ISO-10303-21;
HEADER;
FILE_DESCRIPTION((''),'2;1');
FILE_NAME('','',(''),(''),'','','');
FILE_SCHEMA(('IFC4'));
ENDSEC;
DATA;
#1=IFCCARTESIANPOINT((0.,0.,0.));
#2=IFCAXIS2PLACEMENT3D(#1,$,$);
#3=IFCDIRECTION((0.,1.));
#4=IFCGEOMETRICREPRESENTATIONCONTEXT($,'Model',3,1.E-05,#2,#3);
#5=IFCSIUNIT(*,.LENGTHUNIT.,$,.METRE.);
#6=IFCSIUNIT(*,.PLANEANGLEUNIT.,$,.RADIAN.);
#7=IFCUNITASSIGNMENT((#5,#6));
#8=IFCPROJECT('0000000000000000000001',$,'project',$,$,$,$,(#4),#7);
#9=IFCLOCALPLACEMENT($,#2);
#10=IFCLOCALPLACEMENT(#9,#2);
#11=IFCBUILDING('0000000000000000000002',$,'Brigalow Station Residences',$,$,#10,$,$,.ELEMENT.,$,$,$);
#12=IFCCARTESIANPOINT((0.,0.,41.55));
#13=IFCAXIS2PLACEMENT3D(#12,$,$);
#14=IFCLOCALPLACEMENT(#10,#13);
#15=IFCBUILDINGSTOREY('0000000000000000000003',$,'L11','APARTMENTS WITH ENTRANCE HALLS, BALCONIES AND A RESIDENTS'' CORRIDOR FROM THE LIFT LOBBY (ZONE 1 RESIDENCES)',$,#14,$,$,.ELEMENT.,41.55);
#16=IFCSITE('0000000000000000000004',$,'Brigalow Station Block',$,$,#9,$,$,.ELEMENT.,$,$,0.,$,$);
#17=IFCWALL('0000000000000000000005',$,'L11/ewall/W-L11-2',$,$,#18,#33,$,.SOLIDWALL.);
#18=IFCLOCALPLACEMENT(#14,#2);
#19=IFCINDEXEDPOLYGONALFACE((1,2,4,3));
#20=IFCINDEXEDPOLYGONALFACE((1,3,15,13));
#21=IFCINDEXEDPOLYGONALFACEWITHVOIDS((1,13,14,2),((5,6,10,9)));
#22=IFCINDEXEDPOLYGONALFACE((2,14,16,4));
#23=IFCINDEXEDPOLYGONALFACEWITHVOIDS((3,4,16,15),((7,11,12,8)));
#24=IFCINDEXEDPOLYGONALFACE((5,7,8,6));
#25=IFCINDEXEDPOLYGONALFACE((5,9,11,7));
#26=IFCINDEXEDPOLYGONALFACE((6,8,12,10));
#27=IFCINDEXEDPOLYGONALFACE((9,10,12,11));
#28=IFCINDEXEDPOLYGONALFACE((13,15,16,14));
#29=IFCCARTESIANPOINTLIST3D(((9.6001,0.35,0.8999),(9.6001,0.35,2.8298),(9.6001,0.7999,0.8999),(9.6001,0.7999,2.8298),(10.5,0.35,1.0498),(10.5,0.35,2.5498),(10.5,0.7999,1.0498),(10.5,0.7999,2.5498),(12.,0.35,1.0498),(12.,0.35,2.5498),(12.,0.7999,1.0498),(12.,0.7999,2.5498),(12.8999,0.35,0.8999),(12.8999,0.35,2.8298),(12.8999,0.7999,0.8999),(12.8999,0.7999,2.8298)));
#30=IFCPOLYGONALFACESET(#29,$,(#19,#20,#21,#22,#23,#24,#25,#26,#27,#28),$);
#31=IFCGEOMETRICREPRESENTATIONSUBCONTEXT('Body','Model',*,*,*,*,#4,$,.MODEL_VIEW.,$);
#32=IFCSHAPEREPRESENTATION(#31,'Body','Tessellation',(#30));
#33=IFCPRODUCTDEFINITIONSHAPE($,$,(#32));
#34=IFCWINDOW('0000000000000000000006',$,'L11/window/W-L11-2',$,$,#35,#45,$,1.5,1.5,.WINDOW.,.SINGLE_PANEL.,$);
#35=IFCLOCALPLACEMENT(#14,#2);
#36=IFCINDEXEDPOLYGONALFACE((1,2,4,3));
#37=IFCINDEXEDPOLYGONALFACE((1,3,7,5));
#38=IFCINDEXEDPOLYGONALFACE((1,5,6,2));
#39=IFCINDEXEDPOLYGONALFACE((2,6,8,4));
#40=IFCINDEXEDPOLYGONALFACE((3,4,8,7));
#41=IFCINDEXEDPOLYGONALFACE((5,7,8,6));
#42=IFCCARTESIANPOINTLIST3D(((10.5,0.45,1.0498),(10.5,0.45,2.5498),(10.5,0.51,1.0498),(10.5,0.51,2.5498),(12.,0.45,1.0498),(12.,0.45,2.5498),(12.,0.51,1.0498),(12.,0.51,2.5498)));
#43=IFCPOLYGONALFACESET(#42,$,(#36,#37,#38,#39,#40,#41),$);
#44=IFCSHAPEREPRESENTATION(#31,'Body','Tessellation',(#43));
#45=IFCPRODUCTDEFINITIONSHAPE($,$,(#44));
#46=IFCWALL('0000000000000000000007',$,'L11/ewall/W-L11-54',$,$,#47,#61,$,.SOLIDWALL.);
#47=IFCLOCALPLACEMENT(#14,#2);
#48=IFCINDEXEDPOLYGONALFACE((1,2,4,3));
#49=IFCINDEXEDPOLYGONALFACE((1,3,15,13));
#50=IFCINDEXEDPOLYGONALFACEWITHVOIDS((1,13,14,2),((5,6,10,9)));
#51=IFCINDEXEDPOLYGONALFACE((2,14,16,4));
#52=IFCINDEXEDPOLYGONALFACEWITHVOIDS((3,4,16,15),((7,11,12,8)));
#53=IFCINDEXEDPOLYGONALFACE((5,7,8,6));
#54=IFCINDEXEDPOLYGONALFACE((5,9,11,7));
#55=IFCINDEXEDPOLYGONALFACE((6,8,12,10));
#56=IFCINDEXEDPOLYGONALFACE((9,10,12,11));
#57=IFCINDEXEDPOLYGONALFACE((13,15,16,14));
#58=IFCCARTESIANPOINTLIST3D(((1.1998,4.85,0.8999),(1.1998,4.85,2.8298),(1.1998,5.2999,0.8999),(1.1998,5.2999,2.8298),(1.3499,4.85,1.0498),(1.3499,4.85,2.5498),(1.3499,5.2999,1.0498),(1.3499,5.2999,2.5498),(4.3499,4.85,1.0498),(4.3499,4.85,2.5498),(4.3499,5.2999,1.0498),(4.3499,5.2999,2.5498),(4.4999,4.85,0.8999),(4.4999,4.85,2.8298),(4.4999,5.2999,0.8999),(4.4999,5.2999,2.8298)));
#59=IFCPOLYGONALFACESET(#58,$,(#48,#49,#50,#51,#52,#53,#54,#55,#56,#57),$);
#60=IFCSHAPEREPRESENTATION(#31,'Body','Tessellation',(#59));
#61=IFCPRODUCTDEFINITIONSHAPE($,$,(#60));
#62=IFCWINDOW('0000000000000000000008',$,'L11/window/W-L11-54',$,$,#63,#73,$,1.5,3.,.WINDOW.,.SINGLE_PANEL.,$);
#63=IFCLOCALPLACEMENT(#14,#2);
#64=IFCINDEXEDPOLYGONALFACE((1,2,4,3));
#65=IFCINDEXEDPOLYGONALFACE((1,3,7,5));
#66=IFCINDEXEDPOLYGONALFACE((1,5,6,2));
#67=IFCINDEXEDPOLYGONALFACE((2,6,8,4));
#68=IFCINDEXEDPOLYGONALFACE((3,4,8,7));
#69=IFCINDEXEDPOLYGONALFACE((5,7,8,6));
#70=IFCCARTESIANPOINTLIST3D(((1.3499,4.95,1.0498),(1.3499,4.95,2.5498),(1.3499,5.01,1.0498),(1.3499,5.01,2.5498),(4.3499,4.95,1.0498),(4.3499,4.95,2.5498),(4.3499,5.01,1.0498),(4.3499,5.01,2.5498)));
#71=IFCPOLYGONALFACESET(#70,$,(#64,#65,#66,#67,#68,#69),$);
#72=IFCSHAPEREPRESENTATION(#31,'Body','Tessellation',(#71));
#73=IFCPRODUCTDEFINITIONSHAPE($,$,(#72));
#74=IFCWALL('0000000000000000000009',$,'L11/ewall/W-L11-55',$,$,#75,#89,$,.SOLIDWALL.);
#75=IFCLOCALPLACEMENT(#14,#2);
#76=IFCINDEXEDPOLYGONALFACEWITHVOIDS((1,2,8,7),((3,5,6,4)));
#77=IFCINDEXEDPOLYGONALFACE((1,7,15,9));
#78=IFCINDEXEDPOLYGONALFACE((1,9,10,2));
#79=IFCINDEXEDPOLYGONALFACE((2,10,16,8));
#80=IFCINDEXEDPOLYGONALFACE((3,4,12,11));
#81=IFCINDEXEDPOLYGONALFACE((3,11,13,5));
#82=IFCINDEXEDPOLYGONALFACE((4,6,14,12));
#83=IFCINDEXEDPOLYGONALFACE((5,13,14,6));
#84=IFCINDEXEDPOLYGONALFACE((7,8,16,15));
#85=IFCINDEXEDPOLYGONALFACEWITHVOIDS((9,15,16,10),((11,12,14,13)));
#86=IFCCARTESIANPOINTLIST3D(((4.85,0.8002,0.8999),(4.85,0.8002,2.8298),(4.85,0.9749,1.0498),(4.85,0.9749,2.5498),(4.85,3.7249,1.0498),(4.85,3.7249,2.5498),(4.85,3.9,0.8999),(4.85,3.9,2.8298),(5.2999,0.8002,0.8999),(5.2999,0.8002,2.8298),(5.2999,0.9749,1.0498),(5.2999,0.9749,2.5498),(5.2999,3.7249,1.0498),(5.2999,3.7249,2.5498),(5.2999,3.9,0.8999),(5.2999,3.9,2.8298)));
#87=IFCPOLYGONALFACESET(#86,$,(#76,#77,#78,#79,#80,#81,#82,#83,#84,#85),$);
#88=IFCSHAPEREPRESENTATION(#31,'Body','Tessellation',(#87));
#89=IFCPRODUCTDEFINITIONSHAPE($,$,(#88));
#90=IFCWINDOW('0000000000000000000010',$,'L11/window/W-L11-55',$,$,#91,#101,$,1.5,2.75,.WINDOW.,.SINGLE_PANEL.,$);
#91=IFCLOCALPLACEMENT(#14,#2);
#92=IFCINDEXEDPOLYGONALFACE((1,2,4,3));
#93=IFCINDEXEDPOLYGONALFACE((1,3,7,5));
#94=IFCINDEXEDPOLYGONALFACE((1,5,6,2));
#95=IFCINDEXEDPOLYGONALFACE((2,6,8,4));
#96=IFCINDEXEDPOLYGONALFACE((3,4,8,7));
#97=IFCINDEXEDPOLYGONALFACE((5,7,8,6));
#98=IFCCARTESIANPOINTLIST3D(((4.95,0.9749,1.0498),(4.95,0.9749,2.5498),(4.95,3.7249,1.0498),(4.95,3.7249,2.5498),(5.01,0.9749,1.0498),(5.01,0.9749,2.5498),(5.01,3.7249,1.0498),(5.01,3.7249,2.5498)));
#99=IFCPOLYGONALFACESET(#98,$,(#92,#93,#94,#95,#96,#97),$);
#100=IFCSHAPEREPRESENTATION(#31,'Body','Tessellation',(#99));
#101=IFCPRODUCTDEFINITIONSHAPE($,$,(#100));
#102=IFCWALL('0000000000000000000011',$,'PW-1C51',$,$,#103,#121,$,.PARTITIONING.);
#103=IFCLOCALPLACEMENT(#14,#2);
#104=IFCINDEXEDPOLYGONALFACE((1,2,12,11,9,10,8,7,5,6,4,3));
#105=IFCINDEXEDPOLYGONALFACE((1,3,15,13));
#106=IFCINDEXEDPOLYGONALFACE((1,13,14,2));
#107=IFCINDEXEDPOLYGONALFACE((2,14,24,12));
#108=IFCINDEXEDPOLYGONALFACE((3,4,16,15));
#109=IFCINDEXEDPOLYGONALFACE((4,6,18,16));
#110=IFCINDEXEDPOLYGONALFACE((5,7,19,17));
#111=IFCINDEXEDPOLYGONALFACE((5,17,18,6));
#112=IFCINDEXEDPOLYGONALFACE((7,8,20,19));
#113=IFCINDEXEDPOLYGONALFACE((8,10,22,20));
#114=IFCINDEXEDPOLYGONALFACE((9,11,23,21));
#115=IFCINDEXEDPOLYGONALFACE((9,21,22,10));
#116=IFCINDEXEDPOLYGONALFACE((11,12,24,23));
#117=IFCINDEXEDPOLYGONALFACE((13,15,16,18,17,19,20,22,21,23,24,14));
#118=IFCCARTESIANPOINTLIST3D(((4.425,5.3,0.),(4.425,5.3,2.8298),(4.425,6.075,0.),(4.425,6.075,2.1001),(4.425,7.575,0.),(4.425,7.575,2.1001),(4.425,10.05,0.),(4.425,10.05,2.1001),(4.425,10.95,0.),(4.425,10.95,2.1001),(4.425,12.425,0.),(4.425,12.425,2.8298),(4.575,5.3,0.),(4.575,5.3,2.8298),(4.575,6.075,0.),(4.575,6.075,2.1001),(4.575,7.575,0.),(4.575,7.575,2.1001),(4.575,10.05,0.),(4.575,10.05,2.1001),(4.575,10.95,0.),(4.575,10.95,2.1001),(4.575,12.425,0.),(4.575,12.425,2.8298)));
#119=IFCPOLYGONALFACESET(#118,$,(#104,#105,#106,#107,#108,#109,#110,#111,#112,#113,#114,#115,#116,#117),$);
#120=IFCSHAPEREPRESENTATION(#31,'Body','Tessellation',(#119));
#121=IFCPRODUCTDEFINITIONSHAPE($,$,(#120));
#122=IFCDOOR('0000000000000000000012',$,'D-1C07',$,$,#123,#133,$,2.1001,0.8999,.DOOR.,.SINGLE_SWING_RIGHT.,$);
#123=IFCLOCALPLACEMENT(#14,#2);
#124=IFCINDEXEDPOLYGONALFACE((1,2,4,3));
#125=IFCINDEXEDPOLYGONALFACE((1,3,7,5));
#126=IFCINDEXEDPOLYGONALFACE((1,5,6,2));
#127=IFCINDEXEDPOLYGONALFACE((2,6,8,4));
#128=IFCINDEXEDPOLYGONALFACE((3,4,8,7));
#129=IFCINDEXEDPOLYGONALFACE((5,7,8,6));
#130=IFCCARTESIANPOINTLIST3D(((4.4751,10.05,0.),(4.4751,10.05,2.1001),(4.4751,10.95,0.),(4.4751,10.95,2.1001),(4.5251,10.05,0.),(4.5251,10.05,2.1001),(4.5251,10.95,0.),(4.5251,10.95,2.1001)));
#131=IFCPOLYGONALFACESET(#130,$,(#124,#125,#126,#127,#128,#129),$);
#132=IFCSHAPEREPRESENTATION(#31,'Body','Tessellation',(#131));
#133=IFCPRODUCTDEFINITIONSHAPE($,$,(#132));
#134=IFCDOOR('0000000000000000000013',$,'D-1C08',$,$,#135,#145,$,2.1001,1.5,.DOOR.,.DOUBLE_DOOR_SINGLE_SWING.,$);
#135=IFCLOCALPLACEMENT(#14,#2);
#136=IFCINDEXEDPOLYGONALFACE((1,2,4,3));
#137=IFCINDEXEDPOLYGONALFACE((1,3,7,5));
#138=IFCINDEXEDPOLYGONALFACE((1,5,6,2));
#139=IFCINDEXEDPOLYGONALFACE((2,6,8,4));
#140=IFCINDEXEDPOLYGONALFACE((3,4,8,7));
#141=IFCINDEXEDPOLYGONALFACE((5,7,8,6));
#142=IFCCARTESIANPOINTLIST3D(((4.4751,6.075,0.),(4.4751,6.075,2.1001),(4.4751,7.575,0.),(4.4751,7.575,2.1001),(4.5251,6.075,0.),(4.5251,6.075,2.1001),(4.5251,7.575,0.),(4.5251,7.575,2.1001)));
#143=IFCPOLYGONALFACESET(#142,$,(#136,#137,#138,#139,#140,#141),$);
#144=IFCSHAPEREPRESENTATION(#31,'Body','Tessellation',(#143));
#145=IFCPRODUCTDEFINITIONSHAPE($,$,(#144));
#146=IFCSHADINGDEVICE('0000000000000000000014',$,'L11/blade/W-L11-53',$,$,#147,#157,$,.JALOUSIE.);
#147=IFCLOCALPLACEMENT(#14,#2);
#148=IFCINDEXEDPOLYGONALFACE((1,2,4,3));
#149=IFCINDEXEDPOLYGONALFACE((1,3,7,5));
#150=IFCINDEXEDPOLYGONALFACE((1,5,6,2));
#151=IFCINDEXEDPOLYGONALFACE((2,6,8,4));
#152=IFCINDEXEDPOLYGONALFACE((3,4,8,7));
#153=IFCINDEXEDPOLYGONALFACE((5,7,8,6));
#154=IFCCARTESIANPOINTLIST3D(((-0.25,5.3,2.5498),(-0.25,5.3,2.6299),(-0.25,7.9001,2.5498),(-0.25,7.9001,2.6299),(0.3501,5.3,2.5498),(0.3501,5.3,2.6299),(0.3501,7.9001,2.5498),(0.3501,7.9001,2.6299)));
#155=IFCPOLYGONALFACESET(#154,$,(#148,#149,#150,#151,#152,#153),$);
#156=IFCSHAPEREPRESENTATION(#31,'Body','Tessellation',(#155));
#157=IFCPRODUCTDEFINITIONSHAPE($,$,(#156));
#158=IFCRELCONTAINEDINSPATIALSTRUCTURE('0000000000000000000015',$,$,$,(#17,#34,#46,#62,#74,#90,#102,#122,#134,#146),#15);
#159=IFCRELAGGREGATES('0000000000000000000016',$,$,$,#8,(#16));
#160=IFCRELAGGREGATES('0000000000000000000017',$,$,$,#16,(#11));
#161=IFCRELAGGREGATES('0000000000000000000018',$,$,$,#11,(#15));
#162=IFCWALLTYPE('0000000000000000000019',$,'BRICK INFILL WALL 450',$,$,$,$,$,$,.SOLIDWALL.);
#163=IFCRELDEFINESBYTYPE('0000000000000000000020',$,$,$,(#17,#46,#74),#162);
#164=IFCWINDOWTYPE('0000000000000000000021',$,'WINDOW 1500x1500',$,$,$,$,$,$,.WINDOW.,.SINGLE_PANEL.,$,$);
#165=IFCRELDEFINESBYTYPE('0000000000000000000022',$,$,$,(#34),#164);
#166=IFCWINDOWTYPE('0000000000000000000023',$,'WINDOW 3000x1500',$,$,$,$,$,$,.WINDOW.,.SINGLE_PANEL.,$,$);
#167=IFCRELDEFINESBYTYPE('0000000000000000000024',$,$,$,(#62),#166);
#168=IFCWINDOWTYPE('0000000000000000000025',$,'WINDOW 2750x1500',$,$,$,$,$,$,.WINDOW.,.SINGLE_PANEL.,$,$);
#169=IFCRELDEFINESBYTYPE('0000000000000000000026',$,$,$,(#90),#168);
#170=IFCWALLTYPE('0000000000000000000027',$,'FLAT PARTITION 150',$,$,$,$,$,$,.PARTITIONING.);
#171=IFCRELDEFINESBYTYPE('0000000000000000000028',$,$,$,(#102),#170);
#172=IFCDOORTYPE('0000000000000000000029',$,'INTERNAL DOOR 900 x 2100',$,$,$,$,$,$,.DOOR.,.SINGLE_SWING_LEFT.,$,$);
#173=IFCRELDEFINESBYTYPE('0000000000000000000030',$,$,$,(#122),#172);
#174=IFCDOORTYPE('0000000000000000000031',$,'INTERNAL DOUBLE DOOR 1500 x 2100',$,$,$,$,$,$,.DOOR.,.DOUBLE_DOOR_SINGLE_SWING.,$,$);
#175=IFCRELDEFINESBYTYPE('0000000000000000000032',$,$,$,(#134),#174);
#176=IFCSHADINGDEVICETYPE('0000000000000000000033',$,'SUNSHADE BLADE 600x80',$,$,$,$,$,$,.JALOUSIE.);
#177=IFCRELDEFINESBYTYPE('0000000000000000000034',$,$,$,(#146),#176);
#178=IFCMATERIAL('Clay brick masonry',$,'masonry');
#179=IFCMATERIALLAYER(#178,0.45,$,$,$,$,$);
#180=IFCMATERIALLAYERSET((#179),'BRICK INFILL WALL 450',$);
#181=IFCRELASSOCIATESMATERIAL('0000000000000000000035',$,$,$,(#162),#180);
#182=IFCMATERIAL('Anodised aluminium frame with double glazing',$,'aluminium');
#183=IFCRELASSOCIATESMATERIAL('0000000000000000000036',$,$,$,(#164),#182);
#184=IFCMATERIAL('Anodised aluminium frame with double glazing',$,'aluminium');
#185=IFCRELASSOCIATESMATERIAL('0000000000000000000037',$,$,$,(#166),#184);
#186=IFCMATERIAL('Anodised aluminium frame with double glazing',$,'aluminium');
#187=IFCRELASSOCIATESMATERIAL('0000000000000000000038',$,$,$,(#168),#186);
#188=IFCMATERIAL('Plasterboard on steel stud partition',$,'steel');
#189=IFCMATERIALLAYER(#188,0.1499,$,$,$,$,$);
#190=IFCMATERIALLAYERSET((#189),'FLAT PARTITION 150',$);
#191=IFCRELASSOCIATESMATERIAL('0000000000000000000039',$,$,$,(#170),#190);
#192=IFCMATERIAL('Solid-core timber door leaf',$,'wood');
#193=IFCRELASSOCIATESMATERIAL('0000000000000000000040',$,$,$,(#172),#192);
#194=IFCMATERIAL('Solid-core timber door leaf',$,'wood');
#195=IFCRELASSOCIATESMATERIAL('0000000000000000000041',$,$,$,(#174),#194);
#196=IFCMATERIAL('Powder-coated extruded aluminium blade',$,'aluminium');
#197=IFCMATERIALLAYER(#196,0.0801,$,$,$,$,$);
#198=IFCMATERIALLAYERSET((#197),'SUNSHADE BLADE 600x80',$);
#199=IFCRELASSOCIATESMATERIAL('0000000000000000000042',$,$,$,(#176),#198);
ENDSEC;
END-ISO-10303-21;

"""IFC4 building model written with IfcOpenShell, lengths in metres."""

from ifc_helpers import new_model, si_unit, direction, frame, frame_2d, origin, origin_2d, place, context, subcontext, project, spatial, rectangle, extrude, material, layer, layer_set, type_object, element, fill, save


model = new_model("IFC4")

# Units and contexts
model_context = context("Model", 3, precision=1e-05, world=origin(), true_north=direction((0.0, 1.0)))
body_context = subcontext(model_context, "Body", "Model", "MODEL_VIEW")
ifc_project = project(units=[si_unit("LENGTHUNIT", "METRE"), si_unit("PLANEANGLEUNIT", "RADIAN")], contexts=[model_context])

# Site, building, storey
site_placement = place(None, origin())
site = spatial("IfcSite", under=ifc_project, at=site_placement, Name="Brigalow Station Block", CompositionType="ELEMENT", RefElevation=0.0)
building_placement = place(site_placement, origin())
building = spatial("IfcBuilding", under=site, at=building_placement, Name="Brigalow Station Residences", CompositionType="ELEMENT")
storey_placement = place(building_placement, frame((0.0, 0.0, 41.55)))
storey = spatial("IfcBuildingStorey", under=building, at=storey_placement, Name="L11", Description="APARTMENTS WITH ENTRANCE HALLS, BALCONIES AND A RESIDENTS' CORRIDOR FROM THE LIFT LOBBY (ZONE 1 RESIDENCES)", CompositionType="ELEMENT", Elevation=41.55)

# Walls, openings, windows
ifc_material_1 = material(Name="Clay brick masonry", Category="masonry")
ifc_layer_1 = layer(ifc_material_1, 0.45)
ifc_layer_set_1 = layer_set([ifc_layer_1], Name="BRICK INFILL WALL 450")
wall_type_1 = type_object("IfcWallType", Name="BRICK INFILL WALL 450", PredefinedType="SOLIDWALL", material=ifc_layer_set_1)
ifc_material_2 = material(Name="Anodised aluminium frame with double glazing", Category="aluminium")
window_type_1 = type_object("IfcWindowType", Name="WINDOW 1500x1500", PartitioningType="SINGLE_PANEL", PredefinedType="WINDOW", material=ifc_material_2)
wall_1_placement = place(storey_placement, frame((9.6001, 0.575, 0.8999), z_axis=(0.0, 0.0, 1.0), x_axis=(1.0, 0.0, 0.0)))
wall_1 = element("IfcWall", 1, at=wall_1_placement, inside=storey, type_object=wall_type_1, Name="L11/ewall/W-L11-2", PredefinedType="SOLIDWALL", context=body_context, shape_type="SweptSolid", body=[
    extrude(rectangle(XDim=3.2998, YDim=0.45, at=frame_2d((1.6499, 0.0))), origin(), (0.0, 0.0, 1.0), 1.9299),
])
opening_1_placement = place(wall_1_placement, frame((0.8999, 0.0, 0.1499)))
opening_1 = element("IfcOpeningElement", 2, at=opening_1_placement, cuts=wall_1, PredefinedType="OPENING", context=body_context, shape_type="SweptSolid", body=[
    extrude(rectangle(XDim=1.5, YDim=1.5, at=frame_2d((0.75, 0.75))), frame((0.0, 0.2349, 0.0), z_axis=(0.0, -1.0, 0.0), x_axis=(1.0, 0.0, 0.0)), (0.0, 0.0, 1.0), 0.47),
])
window_1_placement = place(opening_1_placement, origin())
window_1 = element("IfcWindow", 3, at=window_1_placement, inside=storey, type_object=window_type_1, Name="L11/window/W-L11-2", OverallHeight=1.5, OverallWidth=1.5, PartitioningType="SINGLE_PANEL", PredefinedType="WINDOW", context=body_context, shape_type="SweptSolid", body=[
    extrude(rectangle(XDim=1.5, YDim=1.5, at=frame_2d((0.75, 0.75))), frame((0.0, -0.0649, 0.0), z_axis=(0.0, -1.0, 0.0), x_axis=(1.0, 0.0, 0.0)), (0.0, 0.0, 1.0), 0.0601),
])
fill(opening_1, window_1)
wall_2_placement = place(storey_placement, frame((1.2, 5.075, 0.8999), z_axis=(0.0, 0.0, 1.0), x_axis=(1.0, 0.0, 0.0)))
wall_2 = element("IfcWall", 4, at=wall_2_placement, inside=storey, type_object=wall_type_1, Name="L11/ewall/W-L11-54", PredefinedType="SOLIDWALL", context=body_context, shape_type="SweptSolid", body=[
    extrude(rectangle(XDim=3.3, YDim=0.45, at=frame_2d((1.6499, 0.0))), origin(), (0.0, 0.0, 1.0), 1.9299),
])
opening_2_placement = place(wall_2_placement, frame((0.1499, 0.0, 0.1499)))
opening_2 = element("IfcOpeningElement", 5, at=opening_2_placement, cuts=wall_2, PredefinedType="OPENING", context=body_context, shape_type="SweptSolid", body=[
    extrude(rectangle(XDim=3.0, YDim=1.5, at=frame_2d((1.5, 0.75))), frame((0.0, 0.2349, 0.0), z_axis=(0.0, -1.0, 0.0), x_axis=(1.0, 0.0, 0.0)), (0.0, 0.0, 1.0), 0.47),
])
ifc_material_3 = material(Name="Anodised aluminium frame with double glazing", Category="aluminium")
window_type_2 = type_object("IfcWindowType", Name="WINDOW 3000x1500", PartitioningType="SINGLE_PANEL", PredefinedType="WINDOW", material=ifc_material_3)
window_2_placement = place(opening_2_placement, origin())
window_2 = element("IfcWindow", 6, at=window_2_placement, inside=storey, type_object=window_type_2, Name="L11/window/W-L11-54", OverallHeight=1.5, OverallWidth=3.0, PartitioningType="SINGLE_PANEL", PredefinedType="WINDOW", context=body_context, shape_type="SweptSolid", body=[
    extrude(rectangle(XDim=3.0, YDim=1.5, at=frame_2d((1.5, 0.75))), frame((0.0, -0.0649, 0.0), z_axis=(0.0, -1.0, 0.0), x_axis=(1.0, 0.0, 0.0)), (0.0, 0.0, 1.0), 0.0601),
])
fill(opening_2, window_2)
wall_3_placement = place(storey_placement, frame((5.075, 3.8999, 0.8999), z_axis=(0.0, 0.0, 1.0), x_axis=(0.0, -1.0, 0.0)))
wall_3 = element("IfcWall", 7, at=wall_3_placement, inside=storey, type_object=wall_type_1, Name="L11/ewall/W-L11-55", PredefinedType="SOLIDWALL", context=body_context, shape_type="SweptSolid", body=[
    extrude(rectangle(XDim=3.0999, YDim=0.45, at=frame_2d((1.5498, 0.0))), origin(), (0.0, 0.0, 1.0), 1.9299),
])
opening_3_placement = place(wall_3_placement, frame((0.175, 0.0, 0.1499)))
opening_3 = element("IfcOpeningElement", 8, at=opening_3_placement, cuts=wall_3, PredefinedType="OPENING", context=body_context, shape_type="SweptSolid", body=[
    extrude(rectangle(XDim=2.75, YDim=1.5, at=frame_2d((1.375, 0.75))), frame((0.0, 0.2349, 0.0), z_axis=(0.0, -1.0, 0.0), x_axis=(1.0, 0.0, 0.0)), (0.0, 0.0, 1.0), 0.47),
])
ifc_material_4 = material(Name="Anodised aluminium frame with double glazing", Category="aluminium")
window_type_3 = type_object("IfcWindowType", Name="WINDOW 2750x1500", PartitioningType="SINGLE_PANEL", PredefinedType="WINDOW", material=ifc_material_4)
window_3_placement = place(opening_3_placement, origin())
window_3 = element("IfcWindow", 9, at=window_3_placement, inside=storey, type_object=window_type_3, Name="L11/window/W-L11-55", OverallHeight=1.5, OverallWidth=2.75, PartitioningType="SINGLE_PANEL", PredefinedType="WINDOW", context=body_context, shape_type="SweptSolid", body=[
    extrude(rectangle(XDim=2.75, YDim=1.5, at=frame_2d((1.375, 0.75))), frame((0.0, -0.0649, 0.0), z_axis=(0.0, -1.0, 0.0), x_axis=(1.0, 0.0, 0.0)), (0.0, 0.0, 1.0), 0.0601),
])
fill(opening_3, window_3)

# Wall, openings, doors
ifc_material_5 = material(Name="Plasterboard on steel stud partition", Category="steel")
ifc_layer_2 = layer(ifc_material_5, 0.1499)
ifc_layer_set_2 = layer_set([ifc_layer_2], Name="FLAT PARTITION 150")
wall_type_2 = type_object("IfcWallType", Name="FLAT PARTITION 150", PredefinedType="PARTITIONING", material=ifc_layer_set_2)
wall_4_placement = place(storey_placement, frame((4.5, 5.3, 0.0), z_axis=(0.0, 0.0, 1.0), x_axis=(0.0, 1.0, 0.0)))
wall_4 = element("IfcWall", 10, at=wall_4_placement, inside=storey, type_object=wall_type_2, Name="PW-1C51", PredefinedType="PARTITIONING", context=body_context, shape_type="SweptSolid", body=[
    extrude(rectangle(XDim=7.125, YDim=0.1499, at=frame_2d((3.5625, 0.0))), origin(), (0.0, 0.0, 1.0), 2.8298),
])
opening_4_placement = place(wall_4_placement, frame((4.75, 0.0, 0.0)))
opening_4 = element("IfcOpeningElement", 11, at=opening_4_placement, cuts=wall_4, PredefinedType="OPENING", context=body_context, shape_type="SweptSolid", body=[
    extrude(rectangle(XDim=0.8999, YDim=2.1001, at=frame_2d((0.45, 1.05))), frame((0.0, 0.085, 0.0), z_axis=(0.0, -1.0, 0.0), x_axis=(1.0, 0.0, 0.0)), (0.0, 0.0, 1.0), 0.1699),
])
opening_5_placement = place(wall_4_placement, frame((0.7749, 0.0, 0.0)))
opening_5 = element("IfcOpeningElement", 12, at=opening_5_placement, cuts=wall_4, PredefinedType="OPENING", context=body_context, shape_type="SweptSolid", body=[
    extrude(rectangle(XDim=1.5, YDim=2.1001, at=frame_2d((0.75, 1.05))), frame((0.0, 0.085, 0.0), z_axis=(0.0, -1.0, 0.0), x_axis=(1.0, 0.0, 0.0)), (0.0, 0.0, 1.0), 0.1699),
])
ifc_material_6 = material(Name="Solid-core timber door leaf", Category="wood")
door_type_1 = type_object("IfcDoorType", Name="INTERNAL DOOR 900 x 2100", OperationType="SINGLE_SWING_LEFT", PredefinedType="DOOR", material=ifc_material_6)
door_1_placement = place(opening_4_placement, origin())
door_1 = element("IfcDoor", 13, at=door_1_placement, inside=storey, type_object=door_type_1, Name="D-1C07", OperationType="SINGLE_SWING_RIGHT", OverallHeight=2.1001, OverallWidth=0.8999, PredefinedType="DOOR", context=body_context, shape_type="SweptSolid", body=[
    extrude(rectangle(XDim=0.8999, YDim=2.1001, at=frame_2d((0.45, 1.05))), frame((0.0, 0.0249, 0.0), z_axis=(0.0, -1.0, 0.0), x_axis=(1.0, 0.0, 0.0)), (0.0, 0.0, 1.0), 0.05),
])
fill(opening_4, door_1)
ifc_material_7 = material(Name="Solid-core timber door leaf", Category="wood")
door_type_2 = type_object("IfcDoorType", Name="INTERNAL DOUBLE DOOR 1500 x 2100", OperationType="DOUBLE_DOOR_SINGLE_SWING", PredefinedType="DOOR", material=ifc_material_7)
door_2_placement = place(opening_5_placement, origin())
door_2 = element("IfcDoor", 14, at=door_2_placement, inside=storey, type_object=door_type_2, Name="D-1C08", OperationType="DOUBLE_DOOR_SINGLE_SWING", OverallHeight=2.1001, OverallWidth=1.5, PredefinedType="DOOR", context=body_context, shape_type="SweptSolid", body=[
    extrude(rectangle(XDim=1.5, YDim=2.1001, at=frame_2d((0.75, 1.05))), frame((0.0, 0.0249, 0.0), z_axis=(0.0, -1.0, 0.0), x_axis=(1.0, 0.0, 0.0)), (0.0, 0.0, 1.0), 0.05),
])
fill(opening_5, door_2)

# Shading device
ifc_material_8 = material(Name="Powder-coated extruded aluminium blade", Category="aluminium")
ifc_layer_3 = layer(ifc_material_8, 0.0801)
ifc_layer_set_3 = layer_set([ifc_layer_3], Name="SUNSHADE BLADE 600x80")
shading_device_type = type_object("IfcShadingDeviceType", Name="SUNSHADE BLADE 600x80", PredefinedType="JALOUSIE", material=ifc_layer_set_3)
shading_device_1_placement = place(storey_placement, frame((0.05, 6.6001, 2.5498), z_axis=(0.0, 0.0, 1.0), x_axis=(0.0, -1.0, 0.0)))
element("IfcShadingDevice", 15, at=shading_device_1_placement, inside=storey, type_object=shading_device_type, Name="L11/blade/W-L11-53", PredefinedType="JALOUSIE", context=body_context, shape_type="SweptSolid", body=[
    extrude(rectangle(XDim=2.6001, YDim=0.6001, at=origin_2d()), origin(), (0.0, 0.0, 1.0), 0.0801),
])

save(model, "model.ifc")
